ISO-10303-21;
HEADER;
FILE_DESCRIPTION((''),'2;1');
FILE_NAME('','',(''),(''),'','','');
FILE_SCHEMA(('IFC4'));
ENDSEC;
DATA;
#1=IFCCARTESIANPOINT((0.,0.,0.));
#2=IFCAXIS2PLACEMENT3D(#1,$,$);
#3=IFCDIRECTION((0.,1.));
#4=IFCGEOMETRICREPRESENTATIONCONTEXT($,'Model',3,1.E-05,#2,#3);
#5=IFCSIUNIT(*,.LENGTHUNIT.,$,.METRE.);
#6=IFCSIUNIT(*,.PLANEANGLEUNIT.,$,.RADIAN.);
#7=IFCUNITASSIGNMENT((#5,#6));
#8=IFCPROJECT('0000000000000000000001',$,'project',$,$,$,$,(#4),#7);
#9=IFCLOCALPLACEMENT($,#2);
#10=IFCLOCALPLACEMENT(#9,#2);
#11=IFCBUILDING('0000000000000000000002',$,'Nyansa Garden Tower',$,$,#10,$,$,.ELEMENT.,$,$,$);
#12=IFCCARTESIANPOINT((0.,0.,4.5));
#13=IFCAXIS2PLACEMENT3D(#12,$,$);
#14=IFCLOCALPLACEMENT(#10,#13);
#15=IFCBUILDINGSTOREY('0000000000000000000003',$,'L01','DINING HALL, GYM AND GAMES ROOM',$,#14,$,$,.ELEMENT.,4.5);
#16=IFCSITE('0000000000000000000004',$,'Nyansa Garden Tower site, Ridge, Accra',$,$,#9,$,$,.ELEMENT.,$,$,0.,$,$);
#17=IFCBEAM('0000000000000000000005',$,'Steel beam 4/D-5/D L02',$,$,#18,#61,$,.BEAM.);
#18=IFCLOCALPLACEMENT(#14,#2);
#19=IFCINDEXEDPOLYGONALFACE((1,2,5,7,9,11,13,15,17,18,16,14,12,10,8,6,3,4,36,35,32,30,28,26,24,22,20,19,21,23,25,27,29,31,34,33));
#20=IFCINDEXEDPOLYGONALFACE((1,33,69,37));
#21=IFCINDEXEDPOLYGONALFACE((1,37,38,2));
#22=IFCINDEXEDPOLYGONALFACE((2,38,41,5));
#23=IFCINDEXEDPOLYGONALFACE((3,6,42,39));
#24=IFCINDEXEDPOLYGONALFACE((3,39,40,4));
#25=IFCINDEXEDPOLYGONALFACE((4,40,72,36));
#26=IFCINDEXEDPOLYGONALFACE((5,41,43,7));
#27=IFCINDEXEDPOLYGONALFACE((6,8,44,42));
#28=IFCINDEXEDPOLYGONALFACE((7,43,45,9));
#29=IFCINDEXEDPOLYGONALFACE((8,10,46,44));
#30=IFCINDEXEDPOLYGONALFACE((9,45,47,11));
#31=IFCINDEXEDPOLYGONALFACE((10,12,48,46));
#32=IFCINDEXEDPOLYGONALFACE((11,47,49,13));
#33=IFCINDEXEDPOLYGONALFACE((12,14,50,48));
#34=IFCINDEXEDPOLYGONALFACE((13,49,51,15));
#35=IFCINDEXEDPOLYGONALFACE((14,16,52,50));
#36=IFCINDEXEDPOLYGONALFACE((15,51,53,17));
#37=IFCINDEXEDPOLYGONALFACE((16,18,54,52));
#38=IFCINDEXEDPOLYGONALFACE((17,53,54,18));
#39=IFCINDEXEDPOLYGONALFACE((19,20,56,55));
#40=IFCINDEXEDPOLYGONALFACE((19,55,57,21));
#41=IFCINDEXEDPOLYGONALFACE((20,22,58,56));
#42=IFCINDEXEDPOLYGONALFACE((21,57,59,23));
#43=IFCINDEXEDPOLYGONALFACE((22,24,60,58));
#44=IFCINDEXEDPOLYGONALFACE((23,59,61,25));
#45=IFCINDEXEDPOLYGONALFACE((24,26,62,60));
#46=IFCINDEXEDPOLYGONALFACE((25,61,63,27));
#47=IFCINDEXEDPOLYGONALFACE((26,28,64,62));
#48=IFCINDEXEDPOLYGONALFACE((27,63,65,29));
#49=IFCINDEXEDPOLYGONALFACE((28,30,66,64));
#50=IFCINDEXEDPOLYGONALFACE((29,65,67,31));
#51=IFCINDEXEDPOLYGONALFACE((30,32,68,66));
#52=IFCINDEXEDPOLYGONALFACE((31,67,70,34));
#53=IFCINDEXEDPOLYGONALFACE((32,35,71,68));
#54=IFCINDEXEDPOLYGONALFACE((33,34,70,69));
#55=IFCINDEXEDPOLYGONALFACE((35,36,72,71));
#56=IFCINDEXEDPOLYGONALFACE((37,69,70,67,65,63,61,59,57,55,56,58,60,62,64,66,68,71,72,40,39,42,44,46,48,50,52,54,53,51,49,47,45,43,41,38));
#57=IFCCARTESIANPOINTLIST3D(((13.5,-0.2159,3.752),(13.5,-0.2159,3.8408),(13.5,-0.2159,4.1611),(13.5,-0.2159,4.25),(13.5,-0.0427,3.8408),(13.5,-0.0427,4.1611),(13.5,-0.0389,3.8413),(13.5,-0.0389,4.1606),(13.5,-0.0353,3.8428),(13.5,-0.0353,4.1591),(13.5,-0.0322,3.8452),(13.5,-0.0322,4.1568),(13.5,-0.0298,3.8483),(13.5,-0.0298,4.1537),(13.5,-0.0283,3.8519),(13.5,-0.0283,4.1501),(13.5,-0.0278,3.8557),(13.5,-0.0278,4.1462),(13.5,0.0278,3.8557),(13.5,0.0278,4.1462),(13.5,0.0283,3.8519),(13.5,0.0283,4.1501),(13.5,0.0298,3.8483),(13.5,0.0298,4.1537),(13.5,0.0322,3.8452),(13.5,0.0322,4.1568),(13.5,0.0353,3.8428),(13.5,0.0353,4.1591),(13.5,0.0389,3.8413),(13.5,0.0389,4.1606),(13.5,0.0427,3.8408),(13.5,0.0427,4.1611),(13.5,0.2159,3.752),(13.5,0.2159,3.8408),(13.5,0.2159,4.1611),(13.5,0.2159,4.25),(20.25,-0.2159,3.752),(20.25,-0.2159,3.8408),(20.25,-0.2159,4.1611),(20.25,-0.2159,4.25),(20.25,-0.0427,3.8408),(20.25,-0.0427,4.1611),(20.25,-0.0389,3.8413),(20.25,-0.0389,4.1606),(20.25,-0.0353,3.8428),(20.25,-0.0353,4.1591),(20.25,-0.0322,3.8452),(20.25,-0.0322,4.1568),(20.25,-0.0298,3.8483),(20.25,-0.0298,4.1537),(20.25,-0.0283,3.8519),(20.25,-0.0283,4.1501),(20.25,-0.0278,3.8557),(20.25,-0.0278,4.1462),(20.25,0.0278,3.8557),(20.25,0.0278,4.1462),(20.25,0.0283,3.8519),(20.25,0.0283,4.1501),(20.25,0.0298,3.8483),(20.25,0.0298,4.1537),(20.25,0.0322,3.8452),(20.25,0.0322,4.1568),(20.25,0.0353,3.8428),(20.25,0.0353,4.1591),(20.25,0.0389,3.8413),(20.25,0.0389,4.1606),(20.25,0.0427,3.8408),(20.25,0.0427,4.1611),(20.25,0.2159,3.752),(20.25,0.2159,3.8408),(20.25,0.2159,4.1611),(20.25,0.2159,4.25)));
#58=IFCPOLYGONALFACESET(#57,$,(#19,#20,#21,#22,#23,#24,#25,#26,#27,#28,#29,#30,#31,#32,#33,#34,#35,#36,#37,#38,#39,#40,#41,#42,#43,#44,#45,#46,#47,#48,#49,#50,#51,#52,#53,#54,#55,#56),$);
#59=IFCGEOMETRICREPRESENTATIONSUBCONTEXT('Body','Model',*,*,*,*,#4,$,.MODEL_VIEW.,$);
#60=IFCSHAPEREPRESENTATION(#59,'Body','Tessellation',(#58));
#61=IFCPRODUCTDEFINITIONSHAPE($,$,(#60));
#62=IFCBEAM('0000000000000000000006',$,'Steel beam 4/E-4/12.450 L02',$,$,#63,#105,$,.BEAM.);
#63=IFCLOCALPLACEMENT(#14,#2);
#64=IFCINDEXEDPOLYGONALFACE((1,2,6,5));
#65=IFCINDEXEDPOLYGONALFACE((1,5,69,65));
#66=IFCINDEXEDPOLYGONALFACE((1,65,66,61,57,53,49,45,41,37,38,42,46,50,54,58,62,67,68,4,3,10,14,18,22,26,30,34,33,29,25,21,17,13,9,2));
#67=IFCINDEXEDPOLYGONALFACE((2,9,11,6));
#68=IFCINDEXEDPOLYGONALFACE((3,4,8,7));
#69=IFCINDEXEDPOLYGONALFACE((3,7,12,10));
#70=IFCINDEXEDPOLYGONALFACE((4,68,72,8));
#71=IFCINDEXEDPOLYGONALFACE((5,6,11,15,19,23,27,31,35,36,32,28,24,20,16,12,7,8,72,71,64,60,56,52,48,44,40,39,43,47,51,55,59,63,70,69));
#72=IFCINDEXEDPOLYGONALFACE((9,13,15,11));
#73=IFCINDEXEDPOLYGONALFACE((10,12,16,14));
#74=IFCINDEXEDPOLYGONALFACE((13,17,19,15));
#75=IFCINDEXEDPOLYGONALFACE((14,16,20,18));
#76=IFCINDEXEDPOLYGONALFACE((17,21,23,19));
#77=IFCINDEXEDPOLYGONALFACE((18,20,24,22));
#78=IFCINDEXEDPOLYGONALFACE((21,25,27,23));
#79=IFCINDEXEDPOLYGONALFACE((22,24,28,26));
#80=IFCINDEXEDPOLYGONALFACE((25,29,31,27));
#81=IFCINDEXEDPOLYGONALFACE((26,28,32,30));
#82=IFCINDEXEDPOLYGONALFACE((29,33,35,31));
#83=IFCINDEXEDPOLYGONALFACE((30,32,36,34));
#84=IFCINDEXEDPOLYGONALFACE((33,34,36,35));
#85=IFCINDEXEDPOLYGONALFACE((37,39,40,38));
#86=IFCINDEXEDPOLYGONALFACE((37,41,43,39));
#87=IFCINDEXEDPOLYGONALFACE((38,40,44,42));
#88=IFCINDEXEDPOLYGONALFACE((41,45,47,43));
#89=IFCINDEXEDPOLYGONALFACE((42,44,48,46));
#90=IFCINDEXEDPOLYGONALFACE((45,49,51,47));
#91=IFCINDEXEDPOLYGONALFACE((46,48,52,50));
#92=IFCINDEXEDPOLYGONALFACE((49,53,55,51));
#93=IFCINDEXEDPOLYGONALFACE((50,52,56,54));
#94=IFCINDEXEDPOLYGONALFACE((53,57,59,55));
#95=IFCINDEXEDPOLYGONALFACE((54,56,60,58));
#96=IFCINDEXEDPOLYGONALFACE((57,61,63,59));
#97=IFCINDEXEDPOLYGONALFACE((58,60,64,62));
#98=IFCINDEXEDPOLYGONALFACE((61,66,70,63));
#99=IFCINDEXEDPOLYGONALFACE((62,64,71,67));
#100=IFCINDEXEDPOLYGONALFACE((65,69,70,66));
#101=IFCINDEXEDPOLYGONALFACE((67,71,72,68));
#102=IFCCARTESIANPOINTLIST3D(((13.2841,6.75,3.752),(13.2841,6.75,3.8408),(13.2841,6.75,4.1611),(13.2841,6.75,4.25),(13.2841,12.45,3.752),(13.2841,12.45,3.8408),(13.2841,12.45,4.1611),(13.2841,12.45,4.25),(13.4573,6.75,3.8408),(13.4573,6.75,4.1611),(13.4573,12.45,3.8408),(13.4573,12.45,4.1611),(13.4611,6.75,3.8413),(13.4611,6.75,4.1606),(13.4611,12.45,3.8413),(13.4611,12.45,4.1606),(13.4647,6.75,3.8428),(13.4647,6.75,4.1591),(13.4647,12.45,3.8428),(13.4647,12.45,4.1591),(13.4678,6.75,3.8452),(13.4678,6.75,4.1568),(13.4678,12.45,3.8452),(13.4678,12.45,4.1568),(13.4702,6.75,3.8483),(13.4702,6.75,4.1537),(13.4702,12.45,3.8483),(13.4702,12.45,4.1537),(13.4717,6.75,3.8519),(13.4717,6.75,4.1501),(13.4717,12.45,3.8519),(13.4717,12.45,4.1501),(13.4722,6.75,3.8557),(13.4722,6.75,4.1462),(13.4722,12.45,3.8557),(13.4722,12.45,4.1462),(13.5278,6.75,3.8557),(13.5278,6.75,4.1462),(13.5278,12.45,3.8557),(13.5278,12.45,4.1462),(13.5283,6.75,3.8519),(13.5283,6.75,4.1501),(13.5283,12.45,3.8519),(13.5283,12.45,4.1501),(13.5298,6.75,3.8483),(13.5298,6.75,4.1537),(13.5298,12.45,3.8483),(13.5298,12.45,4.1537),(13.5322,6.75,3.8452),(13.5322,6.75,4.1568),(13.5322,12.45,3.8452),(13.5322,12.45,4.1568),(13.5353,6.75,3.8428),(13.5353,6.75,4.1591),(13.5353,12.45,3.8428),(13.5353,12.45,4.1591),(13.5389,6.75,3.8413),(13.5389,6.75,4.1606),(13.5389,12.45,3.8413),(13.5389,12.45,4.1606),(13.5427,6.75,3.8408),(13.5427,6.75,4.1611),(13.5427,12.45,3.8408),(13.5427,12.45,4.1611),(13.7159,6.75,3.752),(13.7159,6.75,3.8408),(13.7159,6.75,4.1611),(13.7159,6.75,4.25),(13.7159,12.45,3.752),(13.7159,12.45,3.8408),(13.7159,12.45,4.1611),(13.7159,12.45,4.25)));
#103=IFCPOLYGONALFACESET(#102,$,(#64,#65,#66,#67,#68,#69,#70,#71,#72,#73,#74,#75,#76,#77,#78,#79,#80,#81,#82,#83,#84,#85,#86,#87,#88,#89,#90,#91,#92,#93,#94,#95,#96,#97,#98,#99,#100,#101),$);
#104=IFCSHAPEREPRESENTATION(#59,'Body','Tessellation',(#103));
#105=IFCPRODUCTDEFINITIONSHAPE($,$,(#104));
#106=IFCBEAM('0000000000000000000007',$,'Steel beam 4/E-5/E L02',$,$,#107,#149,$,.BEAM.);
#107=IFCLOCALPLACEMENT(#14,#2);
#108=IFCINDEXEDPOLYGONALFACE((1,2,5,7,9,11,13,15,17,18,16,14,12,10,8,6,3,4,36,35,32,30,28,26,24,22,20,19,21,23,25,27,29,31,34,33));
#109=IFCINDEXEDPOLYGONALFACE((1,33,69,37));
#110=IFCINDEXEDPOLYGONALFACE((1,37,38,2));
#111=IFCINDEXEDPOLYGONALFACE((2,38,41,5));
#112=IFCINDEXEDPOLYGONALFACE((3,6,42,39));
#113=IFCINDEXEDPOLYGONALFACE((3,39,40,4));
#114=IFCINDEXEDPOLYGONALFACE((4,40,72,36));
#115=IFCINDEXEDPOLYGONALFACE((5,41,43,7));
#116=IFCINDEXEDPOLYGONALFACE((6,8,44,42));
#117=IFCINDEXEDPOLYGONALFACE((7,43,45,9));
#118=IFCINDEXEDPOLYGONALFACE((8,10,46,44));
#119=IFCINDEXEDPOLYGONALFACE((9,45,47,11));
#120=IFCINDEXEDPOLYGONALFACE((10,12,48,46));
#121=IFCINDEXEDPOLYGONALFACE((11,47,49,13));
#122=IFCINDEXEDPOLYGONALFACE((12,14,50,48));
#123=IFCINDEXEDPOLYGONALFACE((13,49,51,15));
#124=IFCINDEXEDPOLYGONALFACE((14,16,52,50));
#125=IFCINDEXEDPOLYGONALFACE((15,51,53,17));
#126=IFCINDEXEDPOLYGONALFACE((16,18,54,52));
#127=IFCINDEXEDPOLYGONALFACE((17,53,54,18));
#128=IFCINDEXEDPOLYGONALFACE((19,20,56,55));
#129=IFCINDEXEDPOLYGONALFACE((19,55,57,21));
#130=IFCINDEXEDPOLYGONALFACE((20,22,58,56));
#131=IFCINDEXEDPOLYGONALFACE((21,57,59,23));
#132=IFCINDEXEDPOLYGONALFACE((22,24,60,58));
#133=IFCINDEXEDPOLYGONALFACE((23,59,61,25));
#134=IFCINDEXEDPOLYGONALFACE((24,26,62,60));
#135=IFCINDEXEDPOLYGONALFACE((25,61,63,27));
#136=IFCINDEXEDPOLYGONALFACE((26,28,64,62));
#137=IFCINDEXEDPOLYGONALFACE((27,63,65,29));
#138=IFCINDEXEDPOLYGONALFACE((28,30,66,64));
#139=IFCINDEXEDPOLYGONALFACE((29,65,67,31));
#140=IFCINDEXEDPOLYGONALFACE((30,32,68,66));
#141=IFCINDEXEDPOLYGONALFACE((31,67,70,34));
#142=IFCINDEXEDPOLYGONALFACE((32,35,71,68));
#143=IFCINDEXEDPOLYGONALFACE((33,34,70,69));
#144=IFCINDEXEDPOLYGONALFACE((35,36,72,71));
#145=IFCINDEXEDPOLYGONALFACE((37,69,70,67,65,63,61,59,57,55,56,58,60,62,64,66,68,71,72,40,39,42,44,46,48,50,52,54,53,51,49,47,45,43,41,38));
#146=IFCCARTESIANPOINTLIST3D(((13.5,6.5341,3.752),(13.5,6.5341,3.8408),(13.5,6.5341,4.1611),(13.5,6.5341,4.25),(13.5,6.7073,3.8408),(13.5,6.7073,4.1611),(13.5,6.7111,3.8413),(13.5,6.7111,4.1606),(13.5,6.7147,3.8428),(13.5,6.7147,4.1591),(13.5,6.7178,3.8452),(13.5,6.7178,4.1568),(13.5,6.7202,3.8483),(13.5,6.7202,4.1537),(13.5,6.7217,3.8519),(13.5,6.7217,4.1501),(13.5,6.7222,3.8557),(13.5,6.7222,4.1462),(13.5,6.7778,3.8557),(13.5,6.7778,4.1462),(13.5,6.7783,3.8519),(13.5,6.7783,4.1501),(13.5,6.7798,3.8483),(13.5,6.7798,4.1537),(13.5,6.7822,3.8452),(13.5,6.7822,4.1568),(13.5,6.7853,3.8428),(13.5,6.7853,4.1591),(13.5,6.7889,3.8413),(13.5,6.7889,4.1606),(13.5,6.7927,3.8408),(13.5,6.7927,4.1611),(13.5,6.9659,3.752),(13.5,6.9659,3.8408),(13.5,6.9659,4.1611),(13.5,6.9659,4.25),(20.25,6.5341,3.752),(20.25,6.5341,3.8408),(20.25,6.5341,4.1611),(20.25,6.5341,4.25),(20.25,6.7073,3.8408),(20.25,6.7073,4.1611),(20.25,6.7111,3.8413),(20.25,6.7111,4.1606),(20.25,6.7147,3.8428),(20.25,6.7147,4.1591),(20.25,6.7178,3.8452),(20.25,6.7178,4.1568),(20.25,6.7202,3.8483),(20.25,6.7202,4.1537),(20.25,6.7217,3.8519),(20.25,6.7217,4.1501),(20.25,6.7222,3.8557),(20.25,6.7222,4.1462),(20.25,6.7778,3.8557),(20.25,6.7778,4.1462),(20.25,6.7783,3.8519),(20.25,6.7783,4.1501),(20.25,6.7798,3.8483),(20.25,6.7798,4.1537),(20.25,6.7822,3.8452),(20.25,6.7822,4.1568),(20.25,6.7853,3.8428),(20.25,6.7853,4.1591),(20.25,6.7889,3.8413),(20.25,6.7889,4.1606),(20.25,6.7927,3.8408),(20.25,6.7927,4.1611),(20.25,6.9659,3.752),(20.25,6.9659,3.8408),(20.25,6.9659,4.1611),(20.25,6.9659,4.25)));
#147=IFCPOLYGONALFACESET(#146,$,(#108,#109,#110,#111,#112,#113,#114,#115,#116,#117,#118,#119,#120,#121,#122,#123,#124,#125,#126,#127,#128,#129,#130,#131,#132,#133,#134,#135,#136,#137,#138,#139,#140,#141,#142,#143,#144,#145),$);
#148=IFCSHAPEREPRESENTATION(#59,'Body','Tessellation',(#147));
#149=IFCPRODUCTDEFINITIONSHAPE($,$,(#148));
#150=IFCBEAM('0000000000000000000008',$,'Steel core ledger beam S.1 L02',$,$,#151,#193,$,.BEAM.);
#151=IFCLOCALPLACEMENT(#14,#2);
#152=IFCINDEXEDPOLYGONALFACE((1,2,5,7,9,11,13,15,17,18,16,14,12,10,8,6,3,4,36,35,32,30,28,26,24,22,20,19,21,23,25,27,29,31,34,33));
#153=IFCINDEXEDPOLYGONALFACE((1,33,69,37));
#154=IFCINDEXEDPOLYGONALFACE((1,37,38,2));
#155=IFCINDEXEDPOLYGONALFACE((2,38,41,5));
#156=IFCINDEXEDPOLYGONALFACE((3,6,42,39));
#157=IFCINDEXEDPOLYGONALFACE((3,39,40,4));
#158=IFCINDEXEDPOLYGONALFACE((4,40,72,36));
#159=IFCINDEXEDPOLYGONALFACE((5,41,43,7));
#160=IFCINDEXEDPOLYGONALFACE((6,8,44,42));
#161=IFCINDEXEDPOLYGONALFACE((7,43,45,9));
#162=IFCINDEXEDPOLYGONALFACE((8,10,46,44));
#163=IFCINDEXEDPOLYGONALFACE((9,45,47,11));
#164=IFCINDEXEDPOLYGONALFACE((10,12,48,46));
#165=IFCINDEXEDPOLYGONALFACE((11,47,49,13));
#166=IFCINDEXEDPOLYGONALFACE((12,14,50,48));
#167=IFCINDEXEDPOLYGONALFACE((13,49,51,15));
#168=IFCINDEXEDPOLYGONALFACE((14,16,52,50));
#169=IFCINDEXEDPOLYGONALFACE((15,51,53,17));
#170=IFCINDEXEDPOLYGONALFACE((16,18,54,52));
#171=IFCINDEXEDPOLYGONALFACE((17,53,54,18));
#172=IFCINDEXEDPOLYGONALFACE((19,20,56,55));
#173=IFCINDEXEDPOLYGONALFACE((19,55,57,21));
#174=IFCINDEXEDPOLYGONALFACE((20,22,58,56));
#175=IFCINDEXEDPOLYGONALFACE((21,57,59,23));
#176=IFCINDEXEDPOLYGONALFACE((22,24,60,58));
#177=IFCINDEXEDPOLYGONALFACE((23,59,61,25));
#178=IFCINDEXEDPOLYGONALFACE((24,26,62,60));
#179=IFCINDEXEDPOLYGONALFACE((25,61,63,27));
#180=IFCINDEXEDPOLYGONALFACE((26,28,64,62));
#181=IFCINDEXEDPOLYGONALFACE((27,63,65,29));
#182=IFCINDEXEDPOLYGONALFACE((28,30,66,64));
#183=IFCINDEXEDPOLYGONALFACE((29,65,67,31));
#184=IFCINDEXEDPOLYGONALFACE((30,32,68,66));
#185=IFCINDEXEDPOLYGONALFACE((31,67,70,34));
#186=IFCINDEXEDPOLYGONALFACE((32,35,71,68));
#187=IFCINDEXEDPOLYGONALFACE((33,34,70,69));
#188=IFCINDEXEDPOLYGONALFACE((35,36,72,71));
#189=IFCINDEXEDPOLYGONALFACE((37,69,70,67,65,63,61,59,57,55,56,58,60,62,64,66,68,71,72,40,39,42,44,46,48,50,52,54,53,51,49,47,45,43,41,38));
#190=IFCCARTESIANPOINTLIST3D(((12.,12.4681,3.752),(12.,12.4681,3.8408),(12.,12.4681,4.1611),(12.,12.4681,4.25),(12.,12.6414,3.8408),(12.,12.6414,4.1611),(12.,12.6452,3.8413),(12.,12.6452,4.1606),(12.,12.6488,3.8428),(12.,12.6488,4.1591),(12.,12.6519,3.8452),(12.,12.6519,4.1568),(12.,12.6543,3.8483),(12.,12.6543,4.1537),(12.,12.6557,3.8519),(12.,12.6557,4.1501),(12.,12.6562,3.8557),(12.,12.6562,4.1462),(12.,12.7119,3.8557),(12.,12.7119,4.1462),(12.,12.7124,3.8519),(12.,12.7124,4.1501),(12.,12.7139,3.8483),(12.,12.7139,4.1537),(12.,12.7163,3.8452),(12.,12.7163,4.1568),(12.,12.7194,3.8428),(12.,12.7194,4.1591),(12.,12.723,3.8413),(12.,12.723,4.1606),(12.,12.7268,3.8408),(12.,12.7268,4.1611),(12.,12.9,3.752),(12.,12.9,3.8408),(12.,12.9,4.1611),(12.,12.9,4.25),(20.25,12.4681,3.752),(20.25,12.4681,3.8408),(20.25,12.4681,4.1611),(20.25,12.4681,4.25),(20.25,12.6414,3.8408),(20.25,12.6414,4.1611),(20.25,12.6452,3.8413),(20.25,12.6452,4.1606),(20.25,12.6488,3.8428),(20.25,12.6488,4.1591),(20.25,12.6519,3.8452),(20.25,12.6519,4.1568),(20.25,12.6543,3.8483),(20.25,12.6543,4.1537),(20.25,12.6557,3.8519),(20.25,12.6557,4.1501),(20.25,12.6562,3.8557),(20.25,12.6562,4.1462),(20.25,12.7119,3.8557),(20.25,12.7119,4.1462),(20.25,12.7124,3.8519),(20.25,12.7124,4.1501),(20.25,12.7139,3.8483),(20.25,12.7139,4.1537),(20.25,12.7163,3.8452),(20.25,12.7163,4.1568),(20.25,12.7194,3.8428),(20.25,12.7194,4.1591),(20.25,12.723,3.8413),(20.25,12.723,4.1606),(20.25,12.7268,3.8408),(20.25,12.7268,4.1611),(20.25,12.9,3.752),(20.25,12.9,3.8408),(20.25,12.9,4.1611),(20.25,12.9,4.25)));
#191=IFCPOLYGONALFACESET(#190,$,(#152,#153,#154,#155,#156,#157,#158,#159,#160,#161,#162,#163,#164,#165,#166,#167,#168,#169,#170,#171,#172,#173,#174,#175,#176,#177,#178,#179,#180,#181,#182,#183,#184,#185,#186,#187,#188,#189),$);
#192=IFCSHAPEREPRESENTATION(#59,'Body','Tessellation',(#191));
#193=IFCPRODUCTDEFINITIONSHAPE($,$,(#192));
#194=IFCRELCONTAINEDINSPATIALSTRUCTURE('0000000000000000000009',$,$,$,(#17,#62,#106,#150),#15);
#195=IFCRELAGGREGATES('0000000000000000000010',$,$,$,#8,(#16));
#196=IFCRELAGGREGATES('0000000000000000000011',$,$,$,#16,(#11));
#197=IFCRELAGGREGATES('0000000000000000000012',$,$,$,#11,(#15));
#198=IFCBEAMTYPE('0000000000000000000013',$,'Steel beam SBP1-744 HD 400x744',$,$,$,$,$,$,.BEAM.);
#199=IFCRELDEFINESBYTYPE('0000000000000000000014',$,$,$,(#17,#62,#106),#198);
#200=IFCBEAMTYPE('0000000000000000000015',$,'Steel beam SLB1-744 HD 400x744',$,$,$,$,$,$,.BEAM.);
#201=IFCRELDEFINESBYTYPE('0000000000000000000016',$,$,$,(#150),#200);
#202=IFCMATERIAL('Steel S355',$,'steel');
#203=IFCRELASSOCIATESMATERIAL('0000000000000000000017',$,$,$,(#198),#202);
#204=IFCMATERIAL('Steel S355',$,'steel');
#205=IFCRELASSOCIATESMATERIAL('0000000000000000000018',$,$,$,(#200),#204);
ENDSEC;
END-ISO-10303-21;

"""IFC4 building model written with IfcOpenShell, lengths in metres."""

from ifc_helpers import new_model, si_unit, direction, frame, origin, origin_2d, place, context, subcontext, project, spatial, i_section, extrude, material, material_profile, profile_set, type_object, element, save


model = new_model("IFC4")

# Units and contexts
model_context = context("Model", 3, precision=1e-05, world=origin(), true_north=direction((0.0, 1.0)))
body_context = subcontext(model_context, "Body", "Model", "MODEL_VIEW")
ifc_project = project(units=[si_unit("LENGTHUNIT", "METRE"), si_unit("PLANEANGLEUNIT", "RADIAN")], contexts=[model_context])

# Site, building, storey
site_placement = place(None, origin())
site = spatial("IfcSite", under=ifc_project, at=site_placement, Name="Nyansa Garden Tower site, Ridge, Accra", CompositionType="ELEMENT", RefElevation=0.0)
building_placement = place(site_placement, origin())
building = spatial("IfcBuilding", under=site, at=building_placement, Name="Nyansa Garden Tower", CompositionType="ELEMENT")
storey_placement = place(building_placement, frame((0.0, 0.0, 4.5)))
storey = spatial("IfcBuildingStorey", under=building, at=storey_placement, Name="L01", Description="DINING HALL, GYM AND GAMES ROOM", CompositionType="ELEMENT", Elevation=4.5)

# Beams
ifc_material_1 = material(Name="Steel S355", Category="steel")
ifc_material_profile_1 = material_profile(ifc_material_1, i_section(OverallWidth=0.4319, OverallDepth=0.498, WebThickness=0.0557, FlangeThickness=0.0889, FilletRadius=0.0149, at=origin_2d()), Name="HD 400x744")
ifc_profile_set_1 = profile_set([ifc_material_profile_1], Name="Steel S355")
beam_type_1 = type_object("IfcBeamType", Name="Steel beam SBP1-744 HD 400x744", PredefinedType="BEAM", material=ifc_profile_set_1)
for number, where, z_axis, x_axis, name in (
    (1, (13.5, 0.0, 4.001), (1.0, 0.0, 0.0), (0.0, 1.0, 0.0), "Steel beam 4/D-5/D L02"),
):
    element("IfcBeam", number, at=place(storey_placement, frame(where, z_axis=z_axis, x_axis=x_axis)), inside=storey, type_object=beam_type_1, Name=name, PredefinedType="BEAM", context=body_context, shape_type="SweptSolid", body=[
        extrude(i_section(OverallWidth=0.4319, OverallDepth=0.498, WebThickness=0.0557, FlangeThickness=0.0889, FilletRadius=0.0149, at=origin_2d()), origin(), (0.0, 0.0, 1.0), 6.75),
    ])
beam_1_placement = place(storey_placement, frame((13.5, 6.75, 4.001), z_axis=(0.0, 1.0, 0.0), x_axis=(-1.0, 0.0, 0.0)))
element("IfcBeam", 2, at=beam_1_placement, inside=storey, type_object=beam_type_1, Name="Steel beam 4/E-4/12.450 L02", PredefinedType="BEAM", context=body_context, shape_type="SweptSolid", body=[
    extrude(i_section(OverallWidth=0.4319, OverallDepth=0.498, WebThickness=0.0557, FlangeThickness=0.0889, FilletRadius=0.0149, at=origin_2d()), origin(), (0.0, 0.0, 1.0), 5.7),
])
beam_2_placement = place(storey_placement, frame((13.5, 6.75, 4.001), z_axis=(1.0, 0.0, 0.0), x_axis=(0.0, 1.0, 0.0)))
element("IfcBeam", 3, at=beam_2_placement, inside=storey, type_object=beam_type_1, Name="Steel beam 4/E-5/E L02", PredefinedType="BEAM", context=body_context, shape_type="SweptSolid", body=[
    extrude(i_section(OverallWidth=0.4319, OverallDepth=0.498, WebThickness=0.0557, FlangeThickness=0.0889, FilletRadius=0.0149, at=origin_2d()), origin(), (0.0, 0.0, 1.0), 6.75),
])
ifc_material_2 = material(Name="Steel S355", Category="steel")
ifc_material_profile_2 = material_profile(ifc_material_2, i_section(OverallWidth=0.4319, OverallDepth=0.498, WebThickness=0.0557, FlangeThickness=0.0889, FilletRadius=0.0149, at=origin_2d()), Name="HD 400x744")
ifc_profile_set_2 = profile_set([ifc_material_profile_2], Name="Steel S355")
beam_type_2 = type_object("IfcBeamType", Name="Steel beam SLB1-744 HD 400x744", PredefinedType="BEAM", material=ifc_profile_set_2)
beam_3_placement = place(storey_placement, frame((12.0, 12.6841, 4.001), z_axis=(1.0, 0.0, 0.0), x_axis=(0.0, 1.0, 0.0)))
element("IfcBeam", 4, at=beam_3_placement, inside=storey, type_object=beam_type_2, Name="Steel core ledger beam S.1 L02", PredefinedType="BEAM", context=body_context, shape_type="SweptSolid", body=[
    extrude(i_section(OverallWidth=0.4319, OverallDepth=0.498, WebThickness=0.0557, FlangeThickness=0.0889, FilletRadius=0.0149, at=origin_2d()), origin(), (0.0, 0.0, 1.0), 8.25),
])

save(model, "model.ifc")
